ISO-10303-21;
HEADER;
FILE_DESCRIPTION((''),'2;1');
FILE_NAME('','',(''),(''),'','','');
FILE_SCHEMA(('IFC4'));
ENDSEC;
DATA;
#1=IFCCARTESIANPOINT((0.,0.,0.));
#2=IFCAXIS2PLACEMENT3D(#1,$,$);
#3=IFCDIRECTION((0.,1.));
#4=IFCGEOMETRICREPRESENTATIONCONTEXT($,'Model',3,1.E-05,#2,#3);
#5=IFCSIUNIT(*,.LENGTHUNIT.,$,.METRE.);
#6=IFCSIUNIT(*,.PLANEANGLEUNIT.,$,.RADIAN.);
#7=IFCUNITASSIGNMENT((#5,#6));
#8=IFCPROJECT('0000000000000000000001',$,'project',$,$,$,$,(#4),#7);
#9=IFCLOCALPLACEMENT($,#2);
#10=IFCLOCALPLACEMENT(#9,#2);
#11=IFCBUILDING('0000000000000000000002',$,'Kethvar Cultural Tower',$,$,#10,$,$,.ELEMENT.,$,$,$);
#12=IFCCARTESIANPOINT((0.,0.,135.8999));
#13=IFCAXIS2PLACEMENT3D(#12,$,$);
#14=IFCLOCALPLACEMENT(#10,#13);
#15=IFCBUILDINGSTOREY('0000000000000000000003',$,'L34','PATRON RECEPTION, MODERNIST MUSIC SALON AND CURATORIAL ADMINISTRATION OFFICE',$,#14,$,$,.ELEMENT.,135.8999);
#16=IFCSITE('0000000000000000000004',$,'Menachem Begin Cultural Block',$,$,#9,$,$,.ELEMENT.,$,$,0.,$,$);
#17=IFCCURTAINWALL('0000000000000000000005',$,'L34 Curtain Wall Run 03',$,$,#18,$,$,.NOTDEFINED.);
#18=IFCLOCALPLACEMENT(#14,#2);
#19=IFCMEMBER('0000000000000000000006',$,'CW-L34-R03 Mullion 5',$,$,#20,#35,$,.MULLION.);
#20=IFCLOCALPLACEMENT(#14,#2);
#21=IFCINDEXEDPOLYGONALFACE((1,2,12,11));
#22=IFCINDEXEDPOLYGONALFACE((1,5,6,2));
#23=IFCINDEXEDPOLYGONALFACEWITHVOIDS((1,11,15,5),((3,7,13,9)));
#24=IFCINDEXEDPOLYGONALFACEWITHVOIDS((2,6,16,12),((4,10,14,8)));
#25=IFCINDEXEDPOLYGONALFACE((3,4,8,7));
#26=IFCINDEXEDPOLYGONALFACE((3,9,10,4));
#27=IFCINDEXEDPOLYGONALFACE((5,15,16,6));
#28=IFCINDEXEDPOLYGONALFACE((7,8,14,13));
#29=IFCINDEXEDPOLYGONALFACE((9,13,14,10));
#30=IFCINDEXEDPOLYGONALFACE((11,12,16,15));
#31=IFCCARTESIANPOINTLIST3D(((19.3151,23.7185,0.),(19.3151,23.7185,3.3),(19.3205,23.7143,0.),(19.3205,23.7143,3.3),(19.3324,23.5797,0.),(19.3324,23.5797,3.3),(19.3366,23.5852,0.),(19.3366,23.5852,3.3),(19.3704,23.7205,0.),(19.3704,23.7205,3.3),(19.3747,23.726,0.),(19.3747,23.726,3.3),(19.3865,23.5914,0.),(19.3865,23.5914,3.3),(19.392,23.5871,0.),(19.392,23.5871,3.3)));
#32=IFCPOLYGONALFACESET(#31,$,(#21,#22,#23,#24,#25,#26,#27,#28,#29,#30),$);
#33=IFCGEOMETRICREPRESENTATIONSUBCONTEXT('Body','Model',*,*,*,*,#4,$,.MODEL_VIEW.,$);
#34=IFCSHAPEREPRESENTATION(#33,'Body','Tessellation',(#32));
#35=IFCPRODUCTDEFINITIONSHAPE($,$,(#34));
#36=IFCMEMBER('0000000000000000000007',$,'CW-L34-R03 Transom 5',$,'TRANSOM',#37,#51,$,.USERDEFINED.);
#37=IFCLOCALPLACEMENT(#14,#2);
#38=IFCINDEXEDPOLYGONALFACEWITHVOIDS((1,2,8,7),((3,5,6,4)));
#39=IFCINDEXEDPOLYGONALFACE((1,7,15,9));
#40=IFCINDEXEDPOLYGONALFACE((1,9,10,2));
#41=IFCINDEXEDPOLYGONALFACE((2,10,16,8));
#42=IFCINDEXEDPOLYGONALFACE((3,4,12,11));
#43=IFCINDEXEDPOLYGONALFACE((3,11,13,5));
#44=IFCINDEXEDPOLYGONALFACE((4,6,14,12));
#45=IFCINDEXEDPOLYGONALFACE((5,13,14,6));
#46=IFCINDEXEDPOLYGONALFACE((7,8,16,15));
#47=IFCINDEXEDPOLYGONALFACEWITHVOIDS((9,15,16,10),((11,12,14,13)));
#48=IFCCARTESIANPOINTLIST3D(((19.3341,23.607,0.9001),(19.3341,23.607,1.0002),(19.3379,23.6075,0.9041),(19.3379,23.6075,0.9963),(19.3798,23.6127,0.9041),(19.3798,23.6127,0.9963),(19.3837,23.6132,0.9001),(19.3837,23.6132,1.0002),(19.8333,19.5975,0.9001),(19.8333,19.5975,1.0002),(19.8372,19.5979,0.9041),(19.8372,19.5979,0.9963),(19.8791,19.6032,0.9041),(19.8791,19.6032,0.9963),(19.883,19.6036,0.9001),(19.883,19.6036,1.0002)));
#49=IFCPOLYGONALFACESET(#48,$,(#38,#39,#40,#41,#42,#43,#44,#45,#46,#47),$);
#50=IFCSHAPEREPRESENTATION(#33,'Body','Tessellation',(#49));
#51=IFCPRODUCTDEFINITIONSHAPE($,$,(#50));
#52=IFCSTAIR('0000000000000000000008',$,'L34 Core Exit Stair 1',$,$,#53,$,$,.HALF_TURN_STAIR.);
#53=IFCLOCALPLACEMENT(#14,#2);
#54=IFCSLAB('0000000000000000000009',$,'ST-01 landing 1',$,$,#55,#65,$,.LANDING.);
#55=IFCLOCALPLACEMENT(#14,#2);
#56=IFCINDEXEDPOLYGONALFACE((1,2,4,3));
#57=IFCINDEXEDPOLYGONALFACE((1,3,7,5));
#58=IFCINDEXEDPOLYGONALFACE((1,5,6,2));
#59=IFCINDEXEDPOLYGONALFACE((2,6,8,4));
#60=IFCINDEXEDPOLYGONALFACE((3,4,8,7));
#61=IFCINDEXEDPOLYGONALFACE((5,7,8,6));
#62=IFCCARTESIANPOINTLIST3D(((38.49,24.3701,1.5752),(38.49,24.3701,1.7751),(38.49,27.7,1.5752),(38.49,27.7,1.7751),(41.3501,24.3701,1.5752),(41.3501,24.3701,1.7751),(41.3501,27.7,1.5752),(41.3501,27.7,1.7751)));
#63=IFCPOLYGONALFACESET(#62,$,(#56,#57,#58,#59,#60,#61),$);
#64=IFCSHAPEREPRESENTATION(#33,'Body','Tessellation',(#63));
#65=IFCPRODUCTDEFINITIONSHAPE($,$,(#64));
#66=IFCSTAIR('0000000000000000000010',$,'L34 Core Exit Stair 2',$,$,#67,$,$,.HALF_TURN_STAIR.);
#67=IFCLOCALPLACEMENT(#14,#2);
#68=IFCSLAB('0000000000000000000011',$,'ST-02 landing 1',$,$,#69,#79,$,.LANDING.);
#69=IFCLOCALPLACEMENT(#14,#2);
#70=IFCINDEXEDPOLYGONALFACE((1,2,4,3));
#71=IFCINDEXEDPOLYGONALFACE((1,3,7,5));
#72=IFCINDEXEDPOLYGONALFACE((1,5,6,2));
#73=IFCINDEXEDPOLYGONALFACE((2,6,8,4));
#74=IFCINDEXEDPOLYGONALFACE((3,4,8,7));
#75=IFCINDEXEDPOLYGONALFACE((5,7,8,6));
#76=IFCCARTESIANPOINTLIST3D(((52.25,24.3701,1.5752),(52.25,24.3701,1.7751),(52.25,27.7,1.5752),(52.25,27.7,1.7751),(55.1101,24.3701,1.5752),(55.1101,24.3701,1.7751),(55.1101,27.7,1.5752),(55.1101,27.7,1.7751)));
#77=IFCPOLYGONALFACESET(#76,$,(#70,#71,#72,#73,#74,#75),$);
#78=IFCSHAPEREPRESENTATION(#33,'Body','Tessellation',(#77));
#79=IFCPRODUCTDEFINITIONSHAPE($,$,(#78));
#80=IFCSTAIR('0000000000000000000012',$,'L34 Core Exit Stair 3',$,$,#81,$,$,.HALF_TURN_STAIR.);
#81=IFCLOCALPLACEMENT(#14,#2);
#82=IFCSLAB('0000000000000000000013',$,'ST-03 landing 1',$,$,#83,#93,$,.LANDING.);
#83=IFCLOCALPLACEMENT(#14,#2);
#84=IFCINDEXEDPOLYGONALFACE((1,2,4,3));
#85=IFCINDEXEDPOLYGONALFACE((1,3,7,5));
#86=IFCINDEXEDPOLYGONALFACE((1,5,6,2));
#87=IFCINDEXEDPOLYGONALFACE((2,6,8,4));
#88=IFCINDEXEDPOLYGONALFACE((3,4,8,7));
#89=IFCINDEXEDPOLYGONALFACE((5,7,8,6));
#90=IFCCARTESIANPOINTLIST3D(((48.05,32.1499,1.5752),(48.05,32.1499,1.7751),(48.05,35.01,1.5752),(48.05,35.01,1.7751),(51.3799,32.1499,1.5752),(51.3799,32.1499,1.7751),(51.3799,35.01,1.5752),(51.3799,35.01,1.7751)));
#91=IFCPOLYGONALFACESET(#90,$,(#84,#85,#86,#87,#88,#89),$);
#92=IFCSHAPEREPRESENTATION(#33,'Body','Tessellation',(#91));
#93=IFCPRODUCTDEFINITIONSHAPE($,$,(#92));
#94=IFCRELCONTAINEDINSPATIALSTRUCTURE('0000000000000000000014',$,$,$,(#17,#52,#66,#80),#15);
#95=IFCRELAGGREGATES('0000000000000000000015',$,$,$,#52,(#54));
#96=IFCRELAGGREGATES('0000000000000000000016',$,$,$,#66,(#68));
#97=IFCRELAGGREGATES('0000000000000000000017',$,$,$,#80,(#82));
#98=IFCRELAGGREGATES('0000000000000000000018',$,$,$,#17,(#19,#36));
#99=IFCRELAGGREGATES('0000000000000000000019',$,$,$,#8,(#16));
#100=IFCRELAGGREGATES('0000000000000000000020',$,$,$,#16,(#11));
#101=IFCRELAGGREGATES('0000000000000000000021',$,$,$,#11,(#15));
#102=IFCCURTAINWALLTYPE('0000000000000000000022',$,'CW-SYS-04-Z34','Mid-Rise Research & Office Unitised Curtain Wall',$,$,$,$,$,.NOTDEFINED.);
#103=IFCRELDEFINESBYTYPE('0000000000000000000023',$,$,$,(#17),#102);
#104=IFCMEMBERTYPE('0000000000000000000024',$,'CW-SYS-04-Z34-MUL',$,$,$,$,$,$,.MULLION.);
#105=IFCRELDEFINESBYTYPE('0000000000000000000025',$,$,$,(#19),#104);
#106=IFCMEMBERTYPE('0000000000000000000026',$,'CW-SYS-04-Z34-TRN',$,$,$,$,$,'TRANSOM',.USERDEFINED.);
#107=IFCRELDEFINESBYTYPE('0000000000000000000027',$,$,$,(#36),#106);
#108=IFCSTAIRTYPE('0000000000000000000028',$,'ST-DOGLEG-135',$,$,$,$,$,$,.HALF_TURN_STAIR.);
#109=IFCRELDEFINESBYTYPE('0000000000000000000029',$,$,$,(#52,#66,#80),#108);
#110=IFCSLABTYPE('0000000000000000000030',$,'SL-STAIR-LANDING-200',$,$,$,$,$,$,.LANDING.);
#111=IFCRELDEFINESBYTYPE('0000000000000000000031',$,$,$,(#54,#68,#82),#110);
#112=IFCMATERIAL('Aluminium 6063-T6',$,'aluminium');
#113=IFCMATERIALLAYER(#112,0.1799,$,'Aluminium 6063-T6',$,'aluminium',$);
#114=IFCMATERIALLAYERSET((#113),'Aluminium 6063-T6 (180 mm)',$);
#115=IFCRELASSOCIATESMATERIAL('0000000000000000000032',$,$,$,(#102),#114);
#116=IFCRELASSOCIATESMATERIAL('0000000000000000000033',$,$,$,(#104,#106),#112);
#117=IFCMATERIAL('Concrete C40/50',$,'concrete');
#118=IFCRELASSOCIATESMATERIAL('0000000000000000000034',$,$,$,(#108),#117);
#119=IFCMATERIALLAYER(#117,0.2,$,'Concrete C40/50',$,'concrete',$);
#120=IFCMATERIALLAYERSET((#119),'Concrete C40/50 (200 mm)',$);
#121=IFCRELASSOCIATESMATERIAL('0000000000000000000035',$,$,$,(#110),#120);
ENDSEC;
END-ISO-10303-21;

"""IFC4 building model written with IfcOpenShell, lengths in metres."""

from ifc_helpers import new_model, si_unit, direction, frame, origin, origin_2d, place, context, subcontext, project, spatial, polyline, hollow_rectangle, outline, extrude, source, transform, mapped, material, layer, layer_set, material_profile, profile_set, type_object, element, aggregate, save


model = new_model("IFC4")

# Units and contexts
model_context = context("Model", 3, precision=1e-05, world=origin(), true_north=direction((0.0, 1.0)))
body_context = subcontext(model_context, "Body", "Model", "MODEL_VIEW")
ifc_project = project(units=[si_unit("LENGTHUNIT", "METRE"), si_unit("PLANEANGLEUNIT", "RADIAN")], contexts=[model_context])

# Site, building, storey
site_placement = place(None, origin())
site = spatial("IfcSite", under=ifc_project, at=site_placement, Name="Menachem Begin Cultural Block", CompositionType="ELEMENT", RefElevation=0.0)
building_placement = place(site_placement, origin())
building = spatial("IfcBuilding", under=site, at=building_placement, Name="Kethvar Cultural Tower", CompositionType="ELEMENT")
storey_placement = place(building_placement, frame((0.0, 0.0, 135.8999)))
storey = spatial("IfcBuildingStorey", under=building, at=storey_placement, Name="L34", Description="PATRON RECEPTION, MODERNIST MUSIC SALON AND CURATORIAL ADMINISTRATION OFFICE", CompositionType="ELEMENT", Elevation=135.8999)

# Curtain wall, members
ifc_material_1 = material(Name="Aluminium 6063-T6", Category="aluminium")
ifc_layer_1 = layer(ifc_material_1, 0.1799, Name="Aluminium 6063-T6", Category="aluminium")
ifc_layer_set_1 = layer_set([ifc_layer_1], Name="Aluminium 6063-T6 (180 mm)")
curtain_wall_type = type_object("IfcCurtainWallType", Name="CW-SYS-04-Z34", Description="Mid-Rise Research & Office Unitised Curtain Wall", PredefinedType="NOTDEFINED", material=ifc_layer_set_1)
curtain_wall_placement = place(storey_placement, origin())
curtain_wall = element("IfcCurtainWall", 1, at=curtain_wall_placement, inside=storey, type_object=curtain_wall_type, Name="L34 Curtain Wall Run 03", PredefinedType="NOTDEFINED")
ifc_material_profile_1 = material_profile(ifc_material_1, hollow_rectangle(XDim=0.0601, YDim=0.1399, WallThickness=0.0049, at=origin_2d()), Name="Aluminium 6063-T6 — RHS140x60x5")
ifc_profile_set_1 = profile_set([ifc_material_profile_1], Name="Aluminium 6063-T6 — RHS140x60x5")
member_type_1 = type_object("IfcMemberType", Name="CW-SYS-04-Z34-MUL", PredefinedType="MULLION", material=ifc_profile_set_1)
shared_shape_1 = source(origin(), body_context, "Body", "SweptSolid", [
    extrude(hollow_rectangle(XDim=0.0601, YDim=0.1399, WallThickness=0.0049, at=origin_2d()), origin(), (0.0, 0.0, 1.0), 3.3),
])
member_1_placement = place(storey_placement, frame((19.3535, 23.6528, 0.0), z_axis=(0.0, 0.0, 1.0), x_axis=(0.992332, 0.123601, 0.0)))
member_1 = element("IfcMember", 2, at=member_1_placement, type_object=member_type_1, Name="CW-L34-R03 Mullion 5", PredefinedType="MULLION", context=body_context, shape_type="MappedRepresentation", body=[
    mapped(shared_shape_1, transform((0.0, 0.0, 0.0), scale=1.0)),
])
ifc_material_profile_2 = material_profile(ifc_material_1, hollow_rectangle(XDim=0.05, YDim=0.1001, WallThickness=0.0039, at=origin_2d()), Name="Aluminium 6063-T6 — RHS100x50x4")
ifc_profile_set_2 = profile_set([ifc_material_profile_2], Name="Aluminium 6063-T6 — RHS100x50x4")
member_type_2 = type_object("IfcMemberType", Name="CW-SYS-04-Z34-TRN", ElementType="TRANSOM", PredefinedType="USERDEFINED", material=ifc_profile_set_2)
shared_shape_2 = source(origin(), body_context, "Body", "SweptSolid", [
    extrude(hollow_rectangle(XDim=0.05, YDim=0.1001, WallThickness=0.0039, at=origin_2d()), origin(), (0.0, 0.0, 1.0), 4.0405),
])
member_2_placement = place(storey_placement, frame((19.3589, 23.6101, 0.9502), z_axis=(0.123566, -0.992336, 0.0), x_axis=(0.992336, 0.123566, 0.0)))
member_2 = element("IfcMember", 3, at=member_2_placement, type_object=member_type_2, Name="CW-L34-R03 Transom 5", ObjectType="TRANSOM", PredefinedType="USERDEFINED", context=body_context, shape_type="MappedRepresentation", body=[
    mapped(shared_shape_2, transform((0.0, 0.0, 0.0), scale=1.0)),
])

# Stairs, slabs
ifc_material_2 = material(Name="Concrete C40/50", Category="concrete")
stair_type = type_object("IfcStairType", Name="ST-DOGLEG-135", PredefinedType="HALF_TURN_STAIR", material=ifc_material_2)
stair_1_placement = place(storey_placement, origin())
stair_1 = element("IfcStair", 4, at=stair_1_placement, inside=storey, type_object=stair_type, Name="L34 Core Exit Stair 1", PredefinedType="HALF_TURN_STAIR")
ifc_layer_2 = layer(ifc_material_2, 0.2, Name="Concrete C40/50", Category="concrete")
ifc_layer_set_2 = layer_set([ifc_layer_2], Name="Concrete C40/50 (200 mm)")
slab_type_1 = type_object("IfcSlabType", Name="SL-STAIR-LANDING-200", PredefinedType="LANDING", material=ifc_layer_set_2)
slab_1_placement = place(storey_placement, frame((0.0, 0.0, 1.5752)))
slab_1 = element("IfcSlab", 5, at=slab_1_placement, type_object=slab_type_1, Name="ST-01 landing 1", PredefinedType="LANDING", context=body_context, shape_type="SweptSolid", body=[
    extrude(outline(polyline([(41.3501, 24.3701), (41.3501, 27.7), (38.49, 27.7), (38.49, 24.3701), (41.3501, 24.3701)])), origin(), (0.0, 0.0, 1.0), 0.2),
])
aggregate(stair_1, [slab_1])
stair_2_placement = place(storey_placement, origin())
stair_2 = element("IfcStair", 6, at=stair_2_placement, inside=storey, type_object=stair_type, Name="L34 Core Exit Stair 2", PredefinedType="HALF_TURN_STAIR")
slab_2_placement = place(storey_placement, frame((0.0, 0.0, 1.5752)))
slab_2 = element("IfcSlab", 7, at=slab_2_placement, type_object=slab_type_1, Name="ST-02 landing 1", PredefinedType="LANDING", context=body_context, shape_type="SweptSolid", body=[
    extrude(outline(polyline([(55.1101, 24.3701), (55.1101, 27.7), (52.25, 27.7), (52.25, 24.3701), (55.1101, 24.3701)])), origin(), (0.0, 0.0, 1.0), 0.2),
])
aggregate(stair_2, [slab_2])
stair_3_placement = place(storey_placement, origin())
stair_3 = element("IfcStair", 8, at=stair_3_placement, inside=storey, type_object=stair_type, Name="L34 Core Exit Stair 3", PredefinedType="HALF_TURN_STAIR")
slab_3_placement = place(storey_placement, frame((0.0, 0.0, 1.5752)))
slab_3 = element("IfcSlab", 9, at=slab_3_placement, type_object=slab_type_1, Name="ST-03 landing 1", PredefinedType="LANDING", context=body_context, shape_type="SweptSolid", body=[
    extrude(outline(polyline([(51.3799, 35.01), (48.05, 35.01), (48.05, 32.1499), (51.3799, 32.1499), (51.3799, 35.01)])), origin(), (0.0, 0.0, 1.0), 0.2),
])
aggregate(stair_3, [slab_3])

aggregate(curtain_wall, [member_1, member_2])

save(model, "model.ifc")
